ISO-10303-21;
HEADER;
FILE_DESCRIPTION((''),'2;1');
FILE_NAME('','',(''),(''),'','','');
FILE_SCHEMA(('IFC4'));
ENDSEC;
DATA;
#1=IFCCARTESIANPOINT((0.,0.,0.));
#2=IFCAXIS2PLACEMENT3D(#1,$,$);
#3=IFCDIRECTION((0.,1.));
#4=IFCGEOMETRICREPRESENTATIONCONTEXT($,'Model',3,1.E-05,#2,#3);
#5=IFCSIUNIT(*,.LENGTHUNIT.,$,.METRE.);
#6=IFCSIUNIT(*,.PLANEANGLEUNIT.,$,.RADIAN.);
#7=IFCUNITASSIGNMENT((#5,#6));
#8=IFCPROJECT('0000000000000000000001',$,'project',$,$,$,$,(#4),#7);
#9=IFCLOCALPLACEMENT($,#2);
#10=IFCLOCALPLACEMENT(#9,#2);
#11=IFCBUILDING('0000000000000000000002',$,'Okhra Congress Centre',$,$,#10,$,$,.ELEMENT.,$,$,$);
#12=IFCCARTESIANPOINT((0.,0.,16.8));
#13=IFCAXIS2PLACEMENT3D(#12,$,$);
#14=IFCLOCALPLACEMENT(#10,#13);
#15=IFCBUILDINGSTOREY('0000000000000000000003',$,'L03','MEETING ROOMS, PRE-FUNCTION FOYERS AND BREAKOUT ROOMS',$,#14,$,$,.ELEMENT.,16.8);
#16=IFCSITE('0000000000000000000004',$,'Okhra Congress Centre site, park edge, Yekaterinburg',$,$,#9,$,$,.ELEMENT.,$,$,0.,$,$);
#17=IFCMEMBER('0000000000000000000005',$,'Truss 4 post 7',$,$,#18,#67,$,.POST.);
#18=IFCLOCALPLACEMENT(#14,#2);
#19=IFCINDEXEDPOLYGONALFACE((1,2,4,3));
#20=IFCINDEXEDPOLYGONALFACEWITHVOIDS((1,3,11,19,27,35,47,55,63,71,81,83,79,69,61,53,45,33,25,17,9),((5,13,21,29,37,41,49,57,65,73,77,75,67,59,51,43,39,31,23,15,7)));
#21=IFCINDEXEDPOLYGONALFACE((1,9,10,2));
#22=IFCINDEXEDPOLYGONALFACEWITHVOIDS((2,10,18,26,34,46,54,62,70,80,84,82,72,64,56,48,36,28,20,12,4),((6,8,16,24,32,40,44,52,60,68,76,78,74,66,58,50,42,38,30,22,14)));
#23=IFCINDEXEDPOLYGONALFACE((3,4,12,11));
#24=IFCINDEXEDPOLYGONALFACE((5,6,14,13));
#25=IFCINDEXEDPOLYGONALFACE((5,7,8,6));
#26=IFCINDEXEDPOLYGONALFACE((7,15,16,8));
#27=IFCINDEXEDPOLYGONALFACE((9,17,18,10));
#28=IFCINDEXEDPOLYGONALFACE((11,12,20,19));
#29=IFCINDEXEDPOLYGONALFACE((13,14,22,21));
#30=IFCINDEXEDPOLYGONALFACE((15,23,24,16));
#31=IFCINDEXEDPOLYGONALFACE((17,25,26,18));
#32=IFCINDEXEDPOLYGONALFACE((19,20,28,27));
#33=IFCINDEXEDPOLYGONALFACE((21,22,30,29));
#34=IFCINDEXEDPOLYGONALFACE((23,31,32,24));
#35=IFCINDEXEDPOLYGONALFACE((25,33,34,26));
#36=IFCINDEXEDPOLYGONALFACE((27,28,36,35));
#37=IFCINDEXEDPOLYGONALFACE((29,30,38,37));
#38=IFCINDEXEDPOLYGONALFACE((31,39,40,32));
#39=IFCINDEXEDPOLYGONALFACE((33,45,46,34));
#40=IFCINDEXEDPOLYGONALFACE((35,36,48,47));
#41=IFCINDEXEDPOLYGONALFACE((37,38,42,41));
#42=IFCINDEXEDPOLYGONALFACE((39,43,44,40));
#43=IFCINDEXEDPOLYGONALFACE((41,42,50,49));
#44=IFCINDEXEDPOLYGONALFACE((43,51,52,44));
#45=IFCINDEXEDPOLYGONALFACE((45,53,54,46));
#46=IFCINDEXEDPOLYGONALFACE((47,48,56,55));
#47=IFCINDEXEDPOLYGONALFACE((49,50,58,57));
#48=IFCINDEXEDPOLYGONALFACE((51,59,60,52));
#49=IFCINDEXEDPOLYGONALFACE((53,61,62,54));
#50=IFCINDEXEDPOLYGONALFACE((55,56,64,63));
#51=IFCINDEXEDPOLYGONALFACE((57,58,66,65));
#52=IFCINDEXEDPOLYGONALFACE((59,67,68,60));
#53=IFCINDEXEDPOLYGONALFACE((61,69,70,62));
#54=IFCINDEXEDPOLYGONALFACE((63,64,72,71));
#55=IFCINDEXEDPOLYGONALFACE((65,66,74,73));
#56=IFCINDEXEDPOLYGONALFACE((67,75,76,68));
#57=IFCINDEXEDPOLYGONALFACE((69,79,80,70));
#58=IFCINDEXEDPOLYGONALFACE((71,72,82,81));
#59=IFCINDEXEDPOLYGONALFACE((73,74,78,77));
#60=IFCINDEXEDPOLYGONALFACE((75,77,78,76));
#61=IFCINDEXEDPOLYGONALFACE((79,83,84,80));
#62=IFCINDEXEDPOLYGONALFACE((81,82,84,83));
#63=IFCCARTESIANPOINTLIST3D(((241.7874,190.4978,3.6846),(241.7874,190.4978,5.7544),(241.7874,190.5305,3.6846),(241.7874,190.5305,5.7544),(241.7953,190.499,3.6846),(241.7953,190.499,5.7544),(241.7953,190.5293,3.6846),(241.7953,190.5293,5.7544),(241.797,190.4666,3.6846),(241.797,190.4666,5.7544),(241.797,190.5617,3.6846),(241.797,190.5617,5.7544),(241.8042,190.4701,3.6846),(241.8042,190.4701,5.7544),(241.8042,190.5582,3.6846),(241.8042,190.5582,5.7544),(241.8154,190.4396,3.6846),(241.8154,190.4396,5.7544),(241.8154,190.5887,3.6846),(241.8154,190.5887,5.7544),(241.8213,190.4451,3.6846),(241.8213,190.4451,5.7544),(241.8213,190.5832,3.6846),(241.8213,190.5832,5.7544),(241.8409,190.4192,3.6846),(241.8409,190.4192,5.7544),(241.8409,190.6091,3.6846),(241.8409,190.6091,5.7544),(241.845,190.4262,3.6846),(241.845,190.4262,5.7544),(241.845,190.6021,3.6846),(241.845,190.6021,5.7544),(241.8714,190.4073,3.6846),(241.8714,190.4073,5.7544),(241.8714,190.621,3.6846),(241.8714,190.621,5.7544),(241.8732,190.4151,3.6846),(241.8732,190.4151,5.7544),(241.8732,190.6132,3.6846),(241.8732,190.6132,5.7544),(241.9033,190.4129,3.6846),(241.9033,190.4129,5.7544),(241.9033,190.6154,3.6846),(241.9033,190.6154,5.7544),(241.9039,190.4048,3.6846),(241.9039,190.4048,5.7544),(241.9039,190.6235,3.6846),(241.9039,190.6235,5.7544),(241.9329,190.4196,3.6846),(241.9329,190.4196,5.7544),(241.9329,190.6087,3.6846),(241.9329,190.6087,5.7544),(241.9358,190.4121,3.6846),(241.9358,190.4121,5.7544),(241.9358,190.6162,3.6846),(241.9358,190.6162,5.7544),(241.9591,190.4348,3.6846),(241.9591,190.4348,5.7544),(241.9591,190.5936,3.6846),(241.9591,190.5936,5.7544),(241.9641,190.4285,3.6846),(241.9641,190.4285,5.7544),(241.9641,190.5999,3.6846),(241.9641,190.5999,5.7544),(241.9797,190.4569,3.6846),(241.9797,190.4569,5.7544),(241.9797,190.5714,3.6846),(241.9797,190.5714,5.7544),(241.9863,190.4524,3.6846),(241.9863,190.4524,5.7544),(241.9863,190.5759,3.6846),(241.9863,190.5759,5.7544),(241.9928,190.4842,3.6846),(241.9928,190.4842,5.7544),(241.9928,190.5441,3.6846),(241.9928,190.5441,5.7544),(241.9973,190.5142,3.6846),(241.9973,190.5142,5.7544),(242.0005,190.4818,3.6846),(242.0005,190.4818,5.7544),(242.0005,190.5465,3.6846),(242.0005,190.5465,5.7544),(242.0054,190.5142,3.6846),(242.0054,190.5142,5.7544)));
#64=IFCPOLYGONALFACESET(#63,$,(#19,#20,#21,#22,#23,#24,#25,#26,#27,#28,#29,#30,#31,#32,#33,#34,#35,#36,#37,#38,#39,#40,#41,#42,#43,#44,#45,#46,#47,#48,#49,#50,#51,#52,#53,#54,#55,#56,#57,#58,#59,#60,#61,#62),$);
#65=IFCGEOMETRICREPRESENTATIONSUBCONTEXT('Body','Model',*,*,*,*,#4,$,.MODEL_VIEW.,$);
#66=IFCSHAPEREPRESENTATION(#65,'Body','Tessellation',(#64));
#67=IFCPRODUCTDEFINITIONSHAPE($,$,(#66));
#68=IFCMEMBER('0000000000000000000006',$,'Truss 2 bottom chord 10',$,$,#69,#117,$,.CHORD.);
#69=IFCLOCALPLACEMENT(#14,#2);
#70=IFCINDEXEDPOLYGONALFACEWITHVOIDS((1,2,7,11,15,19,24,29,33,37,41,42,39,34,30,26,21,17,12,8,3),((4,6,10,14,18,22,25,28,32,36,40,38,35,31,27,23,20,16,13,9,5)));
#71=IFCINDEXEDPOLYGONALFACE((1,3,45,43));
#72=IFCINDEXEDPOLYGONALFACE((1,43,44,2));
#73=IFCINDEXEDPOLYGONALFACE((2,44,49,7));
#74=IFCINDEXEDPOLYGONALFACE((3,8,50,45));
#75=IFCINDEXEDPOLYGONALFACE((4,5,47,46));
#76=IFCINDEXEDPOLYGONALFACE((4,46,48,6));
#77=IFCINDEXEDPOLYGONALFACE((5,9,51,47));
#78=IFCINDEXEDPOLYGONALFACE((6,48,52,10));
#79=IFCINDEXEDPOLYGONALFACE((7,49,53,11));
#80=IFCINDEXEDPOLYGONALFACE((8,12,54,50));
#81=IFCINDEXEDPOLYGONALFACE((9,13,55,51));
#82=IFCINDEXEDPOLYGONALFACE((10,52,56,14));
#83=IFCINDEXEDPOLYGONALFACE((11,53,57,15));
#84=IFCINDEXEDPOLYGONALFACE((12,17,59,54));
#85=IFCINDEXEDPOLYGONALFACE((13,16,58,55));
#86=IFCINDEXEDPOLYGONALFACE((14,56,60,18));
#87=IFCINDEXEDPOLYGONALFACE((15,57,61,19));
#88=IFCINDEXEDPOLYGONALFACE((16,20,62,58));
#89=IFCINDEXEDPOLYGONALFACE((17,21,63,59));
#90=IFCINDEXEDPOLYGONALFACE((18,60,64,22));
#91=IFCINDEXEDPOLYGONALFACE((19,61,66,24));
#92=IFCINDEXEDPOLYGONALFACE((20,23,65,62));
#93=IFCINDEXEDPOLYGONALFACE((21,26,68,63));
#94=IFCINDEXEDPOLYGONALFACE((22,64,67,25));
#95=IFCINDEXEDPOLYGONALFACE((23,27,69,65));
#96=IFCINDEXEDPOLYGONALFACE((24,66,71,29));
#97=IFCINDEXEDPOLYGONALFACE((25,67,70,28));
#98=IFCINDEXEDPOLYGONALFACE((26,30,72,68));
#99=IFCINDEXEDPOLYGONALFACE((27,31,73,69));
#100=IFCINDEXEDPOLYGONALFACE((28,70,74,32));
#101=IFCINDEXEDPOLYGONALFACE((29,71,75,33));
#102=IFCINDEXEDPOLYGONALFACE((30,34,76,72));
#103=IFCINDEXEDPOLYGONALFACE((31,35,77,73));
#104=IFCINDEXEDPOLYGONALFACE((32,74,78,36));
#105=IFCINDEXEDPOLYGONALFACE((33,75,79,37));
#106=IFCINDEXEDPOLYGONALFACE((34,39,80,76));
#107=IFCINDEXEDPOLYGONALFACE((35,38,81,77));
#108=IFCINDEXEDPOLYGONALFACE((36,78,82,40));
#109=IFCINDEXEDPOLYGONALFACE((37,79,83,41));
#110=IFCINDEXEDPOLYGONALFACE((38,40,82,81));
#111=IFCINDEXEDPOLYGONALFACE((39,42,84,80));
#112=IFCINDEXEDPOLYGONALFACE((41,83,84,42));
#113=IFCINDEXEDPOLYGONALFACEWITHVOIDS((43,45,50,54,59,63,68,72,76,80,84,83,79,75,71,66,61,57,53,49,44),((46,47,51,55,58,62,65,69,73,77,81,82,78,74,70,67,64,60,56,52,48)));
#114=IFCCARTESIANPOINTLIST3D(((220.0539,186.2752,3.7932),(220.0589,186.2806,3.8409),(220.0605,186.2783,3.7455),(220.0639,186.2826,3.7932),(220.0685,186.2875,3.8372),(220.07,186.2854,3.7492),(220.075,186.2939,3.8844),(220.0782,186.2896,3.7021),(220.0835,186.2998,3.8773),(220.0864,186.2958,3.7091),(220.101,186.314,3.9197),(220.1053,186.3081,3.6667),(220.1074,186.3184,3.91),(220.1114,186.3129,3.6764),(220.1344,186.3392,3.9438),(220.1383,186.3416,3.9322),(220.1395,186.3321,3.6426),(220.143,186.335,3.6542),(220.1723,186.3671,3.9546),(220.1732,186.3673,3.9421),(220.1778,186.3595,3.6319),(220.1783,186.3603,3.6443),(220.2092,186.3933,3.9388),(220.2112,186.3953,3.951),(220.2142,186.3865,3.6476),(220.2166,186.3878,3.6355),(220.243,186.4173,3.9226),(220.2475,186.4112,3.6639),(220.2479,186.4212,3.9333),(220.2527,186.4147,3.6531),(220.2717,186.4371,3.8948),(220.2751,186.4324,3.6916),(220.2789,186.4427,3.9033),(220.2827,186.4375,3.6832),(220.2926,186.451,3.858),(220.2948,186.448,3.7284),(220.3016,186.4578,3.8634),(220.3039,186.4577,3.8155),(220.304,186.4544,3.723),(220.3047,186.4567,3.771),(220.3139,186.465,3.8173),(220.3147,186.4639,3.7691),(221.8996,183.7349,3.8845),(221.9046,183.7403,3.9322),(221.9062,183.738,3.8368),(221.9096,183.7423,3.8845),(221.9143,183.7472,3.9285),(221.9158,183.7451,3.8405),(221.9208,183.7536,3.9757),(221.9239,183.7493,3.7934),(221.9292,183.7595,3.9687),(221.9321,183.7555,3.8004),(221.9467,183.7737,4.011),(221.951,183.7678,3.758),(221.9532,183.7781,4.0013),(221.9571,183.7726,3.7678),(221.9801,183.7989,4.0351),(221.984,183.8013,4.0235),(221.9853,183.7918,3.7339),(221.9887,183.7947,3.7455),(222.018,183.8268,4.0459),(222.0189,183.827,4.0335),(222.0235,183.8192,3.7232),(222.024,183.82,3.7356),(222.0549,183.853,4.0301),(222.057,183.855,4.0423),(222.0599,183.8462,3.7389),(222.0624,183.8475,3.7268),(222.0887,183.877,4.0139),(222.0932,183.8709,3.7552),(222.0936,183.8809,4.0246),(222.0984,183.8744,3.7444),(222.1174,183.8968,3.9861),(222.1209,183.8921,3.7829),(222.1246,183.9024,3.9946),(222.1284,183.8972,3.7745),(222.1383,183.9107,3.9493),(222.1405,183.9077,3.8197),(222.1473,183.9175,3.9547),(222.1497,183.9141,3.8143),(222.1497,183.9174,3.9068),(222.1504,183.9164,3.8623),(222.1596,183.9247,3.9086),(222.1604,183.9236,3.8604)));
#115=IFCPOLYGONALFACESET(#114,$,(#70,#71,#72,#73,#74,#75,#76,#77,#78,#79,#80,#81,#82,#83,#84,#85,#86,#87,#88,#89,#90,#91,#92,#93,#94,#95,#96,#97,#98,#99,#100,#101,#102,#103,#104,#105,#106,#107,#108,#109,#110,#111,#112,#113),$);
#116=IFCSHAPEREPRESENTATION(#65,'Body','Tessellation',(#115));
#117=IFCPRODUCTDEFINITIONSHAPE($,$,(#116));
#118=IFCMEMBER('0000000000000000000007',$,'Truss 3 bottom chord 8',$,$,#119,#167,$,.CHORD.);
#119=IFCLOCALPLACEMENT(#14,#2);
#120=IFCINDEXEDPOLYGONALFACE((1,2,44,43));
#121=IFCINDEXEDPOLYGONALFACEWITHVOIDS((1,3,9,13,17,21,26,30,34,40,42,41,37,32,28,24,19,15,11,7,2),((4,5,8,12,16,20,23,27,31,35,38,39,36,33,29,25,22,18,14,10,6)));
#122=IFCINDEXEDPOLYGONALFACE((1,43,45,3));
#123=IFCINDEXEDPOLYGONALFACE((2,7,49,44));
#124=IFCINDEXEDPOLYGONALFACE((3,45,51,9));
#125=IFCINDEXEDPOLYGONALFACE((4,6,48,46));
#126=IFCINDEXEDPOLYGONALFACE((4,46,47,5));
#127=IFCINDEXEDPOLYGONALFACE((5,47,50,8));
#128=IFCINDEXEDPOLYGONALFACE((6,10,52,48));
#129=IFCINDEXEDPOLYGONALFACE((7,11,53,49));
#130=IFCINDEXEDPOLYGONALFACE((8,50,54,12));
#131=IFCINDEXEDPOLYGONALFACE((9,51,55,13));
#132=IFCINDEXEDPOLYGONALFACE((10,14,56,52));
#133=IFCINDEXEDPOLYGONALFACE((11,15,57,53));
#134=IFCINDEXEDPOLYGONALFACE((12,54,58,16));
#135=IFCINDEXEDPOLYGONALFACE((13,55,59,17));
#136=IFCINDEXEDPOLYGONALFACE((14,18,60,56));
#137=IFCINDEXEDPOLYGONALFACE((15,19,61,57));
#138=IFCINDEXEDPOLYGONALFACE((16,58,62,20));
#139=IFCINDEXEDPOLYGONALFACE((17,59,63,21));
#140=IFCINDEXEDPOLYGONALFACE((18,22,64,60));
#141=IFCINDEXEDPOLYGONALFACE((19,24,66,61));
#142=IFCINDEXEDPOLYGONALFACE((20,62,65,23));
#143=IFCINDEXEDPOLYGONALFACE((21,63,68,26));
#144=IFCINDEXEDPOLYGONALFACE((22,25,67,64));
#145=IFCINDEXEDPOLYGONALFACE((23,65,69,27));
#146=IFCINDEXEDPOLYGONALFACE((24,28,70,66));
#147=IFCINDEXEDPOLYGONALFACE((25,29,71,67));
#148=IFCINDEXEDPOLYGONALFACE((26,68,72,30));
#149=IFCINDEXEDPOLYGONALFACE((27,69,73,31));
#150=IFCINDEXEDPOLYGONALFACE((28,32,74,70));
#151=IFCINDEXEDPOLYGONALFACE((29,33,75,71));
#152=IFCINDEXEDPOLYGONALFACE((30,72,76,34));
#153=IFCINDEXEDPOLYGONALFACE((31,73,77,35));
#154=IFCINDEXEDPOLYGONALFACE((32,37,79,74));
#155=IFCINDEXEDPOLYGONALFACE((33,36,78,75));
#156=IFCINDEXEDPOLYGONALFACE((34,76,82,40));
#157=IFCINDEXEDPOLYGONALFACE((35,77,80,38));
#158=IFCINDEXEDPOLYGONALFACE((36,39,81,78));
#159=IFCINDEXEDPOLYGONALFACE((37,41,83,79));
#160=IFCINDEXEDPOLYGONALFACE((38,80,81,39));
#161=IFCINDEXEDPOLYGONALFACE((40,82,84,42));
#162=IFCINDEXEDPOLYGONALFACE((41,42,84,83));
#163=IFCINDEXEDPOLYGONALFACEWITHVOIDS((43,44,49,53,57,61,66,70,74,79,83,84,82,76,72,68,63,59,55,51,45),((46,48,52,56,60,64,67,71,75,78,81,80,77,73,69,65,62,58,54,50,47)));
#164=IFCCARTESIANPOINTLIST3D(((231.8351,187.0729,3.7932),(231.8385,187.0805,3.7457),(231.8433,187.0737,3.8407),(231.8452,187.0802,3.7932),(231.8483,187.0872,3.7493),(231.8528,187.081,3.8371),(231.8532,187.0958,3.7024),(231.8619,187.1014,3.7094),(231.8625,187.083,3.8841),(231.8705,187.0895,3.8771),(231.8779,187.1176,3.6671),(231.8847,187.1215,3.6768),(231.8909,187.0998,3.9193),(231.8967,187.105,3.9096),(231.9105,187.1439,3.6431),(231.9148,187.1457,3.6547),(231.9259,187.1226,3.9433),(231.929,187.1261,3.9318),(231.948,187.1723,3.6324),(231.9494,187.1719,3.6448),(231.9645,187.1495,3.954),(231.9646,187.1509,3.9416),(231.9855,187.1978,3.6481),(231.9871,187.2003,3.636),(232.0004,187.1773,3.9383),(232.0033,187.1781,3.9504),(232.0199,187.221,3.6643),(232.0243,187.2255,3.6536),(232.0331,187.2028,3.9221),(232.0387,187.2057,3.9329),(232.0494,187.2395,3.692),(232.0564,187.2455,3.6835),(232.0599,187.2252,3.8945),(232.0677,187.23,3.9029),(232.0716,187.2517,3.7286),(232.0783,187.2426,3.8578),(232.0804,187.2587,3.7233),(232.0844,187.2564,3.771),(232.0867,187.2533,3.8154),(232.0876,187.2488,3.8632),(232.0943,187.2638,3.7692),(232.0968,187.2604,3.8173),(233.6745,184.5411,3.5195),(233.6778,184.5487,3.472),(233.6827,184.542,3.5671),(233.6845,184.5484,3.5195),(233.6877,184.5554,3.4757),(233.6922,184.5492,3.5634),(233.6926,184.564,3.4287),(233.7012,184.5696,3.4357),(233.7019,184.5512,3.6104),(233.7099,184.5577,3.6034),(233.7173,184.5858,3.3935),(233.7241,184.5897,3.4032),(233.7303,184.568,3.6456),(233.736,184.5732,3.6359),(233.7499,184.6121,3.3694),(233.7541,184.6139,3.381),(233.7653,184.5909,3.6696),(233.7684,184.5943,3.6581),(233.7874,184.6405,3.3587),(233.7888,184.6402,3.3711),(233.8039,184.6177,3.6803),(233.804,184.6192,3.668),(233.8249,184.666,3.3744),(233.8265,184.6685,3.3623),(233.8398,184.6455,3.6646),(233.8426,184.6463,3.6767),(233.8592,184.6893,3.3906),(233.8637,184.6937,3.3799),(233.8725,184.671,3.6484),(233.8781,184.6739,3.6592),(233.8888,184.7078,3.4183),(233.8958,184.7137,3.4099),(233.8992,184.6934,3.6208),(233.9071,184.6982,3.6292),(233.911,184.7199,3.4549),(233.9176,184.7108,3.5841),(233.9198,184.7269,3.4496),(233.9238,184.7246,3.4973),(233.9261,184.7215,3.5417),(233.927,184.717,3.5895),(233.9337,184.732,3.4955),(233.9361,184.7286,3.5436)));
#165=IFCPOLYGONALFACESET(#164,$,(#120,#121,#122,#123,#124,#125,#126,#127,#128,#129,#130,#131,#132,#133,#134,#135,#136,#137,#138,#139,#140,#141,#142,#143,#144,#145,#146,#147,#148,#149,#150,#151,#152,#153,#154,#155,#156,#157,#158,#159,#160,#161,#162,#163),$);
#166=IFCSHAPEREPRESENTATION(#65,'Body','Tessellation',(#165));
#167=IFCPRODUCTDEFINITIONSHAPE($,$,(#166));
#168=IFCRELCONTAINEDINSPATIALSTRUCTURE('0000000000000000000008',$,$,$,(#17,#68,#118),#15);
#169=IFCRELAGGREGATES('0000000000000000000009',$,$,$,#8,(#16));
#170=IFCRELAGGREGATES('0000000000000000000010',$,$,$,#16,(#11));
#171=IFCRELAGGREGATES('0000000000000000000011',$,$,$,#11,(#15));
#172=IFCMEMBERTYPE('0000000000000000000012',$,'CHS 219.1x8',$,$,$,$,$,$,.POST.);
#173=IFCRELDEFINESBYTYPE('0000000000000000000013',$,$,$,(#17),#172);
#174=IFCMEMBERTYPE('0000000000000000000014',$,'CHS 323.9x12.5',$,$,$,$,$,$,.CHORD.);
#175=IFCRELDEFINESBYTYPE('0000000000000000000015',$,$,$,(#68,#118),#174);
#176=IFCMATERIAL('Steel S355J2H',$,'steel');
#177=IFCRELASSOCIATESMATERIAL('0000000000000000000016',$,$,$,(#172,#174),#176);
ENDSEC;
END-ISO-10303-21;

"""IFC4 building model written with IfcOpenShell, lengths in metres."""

from ifc_helpers import new_model, si_unit, direction, frame, origin, origin_2d, place, context, subcontext, project, spatial, hollow_circle, extrude, material, material_profile, profile_set, type_object, element, save


model = new_model("IFC4")

# Units and contexts
model_context = context("Model", 3, precision=1e-05, world=origin(), true_north=direction((0.0, 1.0)))
body_context = subcontext(model_context, "Body", "Model", "MODEL_VIEW")
ifc_project = project(units=[si_unit("LENGTHUNIT", "METRE"), si_unit("PLANEANGLEUNIT", "RADIAN")], contexts=[model_context])

# Site, building, storey
site_placement = place(None, origin())
site = spatial("IfcSite", under=ifc_project, at=site_placement, Name="Okhra Congress Centre site, park edge, Yekaterinburg", CompositionType="ELEMENT", RefElevation=0.0)
building_placement = place(site_placement, origin())
building = spatial("IfcBuilding", under=site, at=building_placement, Name="Okhra Congress Centre", CompositionType="ELEMENT")
storey_placement = place(building_placement, frame((0.0, 0.0, 16.8)))
storey = spatial("IfcBuildingStorey", under=building, at=storey_placement, Name="L03", Description="MEETING ROOMS, PRE-FUNCTION FOYERS AND BREAKOUT ROOMS", CompositionType="ELEMENT", Elevation=16.8)

# Members
ifc_material_1 = material(Name="Steel S355J2H", Category="steel")
ifc_material_profile_1 = material_profile(ifc_material_1, hollow_circle(Radius=0.1096, WallThickness=0.0081, at=origin_2d()), Name="CHS 219.1x8")
ifc_profile_set_1 = profile_set([ifc_material_profile_1], Name="Steel S355J2H")
member_type_1 = type_object("IfcMemberType", Name="CHS 219.1x8", PredefinedType="POST", material=ifc_profile_set_1)
member_1_placement = place(storey_placement, frame((241.8958, 190.5142, 3.6846), z_axis=(0.0, 0.0, 1.0), x_axis=(1.0, 0.0, 0.0)))
element("IfcMember", 1, at=member_1_placement, inside=storey, type_object=member_type_1, Name="Truss 4 post 7", PredefinedType="POST", context=body_context, shape_type="SweptSolid", body=[
    extrude(hollow_circle(Radius=0.1096, WallThickness=0.0081, at=origin_2d()), origin(), (0.0, 0.0, 1.0), 2.0698),
])
ifc_material_profile_2 = material_profile(ifc_material_1, hollow_circle(Radius=0.1619, WallThickness=0.0125, at=origin_2d()), Name="CHS 323.9x12.5")
ifc_profile_set_2 = profile_set([ifc_material_profile_2], Name="Steel S355J2H")
member_type_2 = type_object("IfcMemberType", Name="CHS 323.9x12.5", PredefinedType="CHORD", material=ifc_profile_set_2)
for number, where, z_axis, x_axis, name in (
    (2, (222.0305, 183.8301, 3.8845), (-0.587553, 0.808663, -0.029067), (-0.809005, -0.587802, 0.0), "Truss 2 bottom chord 10"),
    (3, (233.8054, 184.6362, 3.5195), (-0.585538, 0.80595, 0.087123), (-0.809026, -0.587773, 0.0), "Truss 3 bottom chord 8"),
):
    element("IfcMember", number, at=place(storey_placement, frame(where, z_axis=z_axis, x_axis=x_axis)), inside=storey, type_object=member_type_2, Name=name, PredefinedType="CHORD", context=body_context, shape_type="SweptSolid", body=[
        extrude(hollow_circle(Radius=0.1619, WallThickness=0.0125, at=origin_2d()), origin(), (0.0, 0.0, 1.0), 3.1414),
    ])

save(model, "model.ifc")
